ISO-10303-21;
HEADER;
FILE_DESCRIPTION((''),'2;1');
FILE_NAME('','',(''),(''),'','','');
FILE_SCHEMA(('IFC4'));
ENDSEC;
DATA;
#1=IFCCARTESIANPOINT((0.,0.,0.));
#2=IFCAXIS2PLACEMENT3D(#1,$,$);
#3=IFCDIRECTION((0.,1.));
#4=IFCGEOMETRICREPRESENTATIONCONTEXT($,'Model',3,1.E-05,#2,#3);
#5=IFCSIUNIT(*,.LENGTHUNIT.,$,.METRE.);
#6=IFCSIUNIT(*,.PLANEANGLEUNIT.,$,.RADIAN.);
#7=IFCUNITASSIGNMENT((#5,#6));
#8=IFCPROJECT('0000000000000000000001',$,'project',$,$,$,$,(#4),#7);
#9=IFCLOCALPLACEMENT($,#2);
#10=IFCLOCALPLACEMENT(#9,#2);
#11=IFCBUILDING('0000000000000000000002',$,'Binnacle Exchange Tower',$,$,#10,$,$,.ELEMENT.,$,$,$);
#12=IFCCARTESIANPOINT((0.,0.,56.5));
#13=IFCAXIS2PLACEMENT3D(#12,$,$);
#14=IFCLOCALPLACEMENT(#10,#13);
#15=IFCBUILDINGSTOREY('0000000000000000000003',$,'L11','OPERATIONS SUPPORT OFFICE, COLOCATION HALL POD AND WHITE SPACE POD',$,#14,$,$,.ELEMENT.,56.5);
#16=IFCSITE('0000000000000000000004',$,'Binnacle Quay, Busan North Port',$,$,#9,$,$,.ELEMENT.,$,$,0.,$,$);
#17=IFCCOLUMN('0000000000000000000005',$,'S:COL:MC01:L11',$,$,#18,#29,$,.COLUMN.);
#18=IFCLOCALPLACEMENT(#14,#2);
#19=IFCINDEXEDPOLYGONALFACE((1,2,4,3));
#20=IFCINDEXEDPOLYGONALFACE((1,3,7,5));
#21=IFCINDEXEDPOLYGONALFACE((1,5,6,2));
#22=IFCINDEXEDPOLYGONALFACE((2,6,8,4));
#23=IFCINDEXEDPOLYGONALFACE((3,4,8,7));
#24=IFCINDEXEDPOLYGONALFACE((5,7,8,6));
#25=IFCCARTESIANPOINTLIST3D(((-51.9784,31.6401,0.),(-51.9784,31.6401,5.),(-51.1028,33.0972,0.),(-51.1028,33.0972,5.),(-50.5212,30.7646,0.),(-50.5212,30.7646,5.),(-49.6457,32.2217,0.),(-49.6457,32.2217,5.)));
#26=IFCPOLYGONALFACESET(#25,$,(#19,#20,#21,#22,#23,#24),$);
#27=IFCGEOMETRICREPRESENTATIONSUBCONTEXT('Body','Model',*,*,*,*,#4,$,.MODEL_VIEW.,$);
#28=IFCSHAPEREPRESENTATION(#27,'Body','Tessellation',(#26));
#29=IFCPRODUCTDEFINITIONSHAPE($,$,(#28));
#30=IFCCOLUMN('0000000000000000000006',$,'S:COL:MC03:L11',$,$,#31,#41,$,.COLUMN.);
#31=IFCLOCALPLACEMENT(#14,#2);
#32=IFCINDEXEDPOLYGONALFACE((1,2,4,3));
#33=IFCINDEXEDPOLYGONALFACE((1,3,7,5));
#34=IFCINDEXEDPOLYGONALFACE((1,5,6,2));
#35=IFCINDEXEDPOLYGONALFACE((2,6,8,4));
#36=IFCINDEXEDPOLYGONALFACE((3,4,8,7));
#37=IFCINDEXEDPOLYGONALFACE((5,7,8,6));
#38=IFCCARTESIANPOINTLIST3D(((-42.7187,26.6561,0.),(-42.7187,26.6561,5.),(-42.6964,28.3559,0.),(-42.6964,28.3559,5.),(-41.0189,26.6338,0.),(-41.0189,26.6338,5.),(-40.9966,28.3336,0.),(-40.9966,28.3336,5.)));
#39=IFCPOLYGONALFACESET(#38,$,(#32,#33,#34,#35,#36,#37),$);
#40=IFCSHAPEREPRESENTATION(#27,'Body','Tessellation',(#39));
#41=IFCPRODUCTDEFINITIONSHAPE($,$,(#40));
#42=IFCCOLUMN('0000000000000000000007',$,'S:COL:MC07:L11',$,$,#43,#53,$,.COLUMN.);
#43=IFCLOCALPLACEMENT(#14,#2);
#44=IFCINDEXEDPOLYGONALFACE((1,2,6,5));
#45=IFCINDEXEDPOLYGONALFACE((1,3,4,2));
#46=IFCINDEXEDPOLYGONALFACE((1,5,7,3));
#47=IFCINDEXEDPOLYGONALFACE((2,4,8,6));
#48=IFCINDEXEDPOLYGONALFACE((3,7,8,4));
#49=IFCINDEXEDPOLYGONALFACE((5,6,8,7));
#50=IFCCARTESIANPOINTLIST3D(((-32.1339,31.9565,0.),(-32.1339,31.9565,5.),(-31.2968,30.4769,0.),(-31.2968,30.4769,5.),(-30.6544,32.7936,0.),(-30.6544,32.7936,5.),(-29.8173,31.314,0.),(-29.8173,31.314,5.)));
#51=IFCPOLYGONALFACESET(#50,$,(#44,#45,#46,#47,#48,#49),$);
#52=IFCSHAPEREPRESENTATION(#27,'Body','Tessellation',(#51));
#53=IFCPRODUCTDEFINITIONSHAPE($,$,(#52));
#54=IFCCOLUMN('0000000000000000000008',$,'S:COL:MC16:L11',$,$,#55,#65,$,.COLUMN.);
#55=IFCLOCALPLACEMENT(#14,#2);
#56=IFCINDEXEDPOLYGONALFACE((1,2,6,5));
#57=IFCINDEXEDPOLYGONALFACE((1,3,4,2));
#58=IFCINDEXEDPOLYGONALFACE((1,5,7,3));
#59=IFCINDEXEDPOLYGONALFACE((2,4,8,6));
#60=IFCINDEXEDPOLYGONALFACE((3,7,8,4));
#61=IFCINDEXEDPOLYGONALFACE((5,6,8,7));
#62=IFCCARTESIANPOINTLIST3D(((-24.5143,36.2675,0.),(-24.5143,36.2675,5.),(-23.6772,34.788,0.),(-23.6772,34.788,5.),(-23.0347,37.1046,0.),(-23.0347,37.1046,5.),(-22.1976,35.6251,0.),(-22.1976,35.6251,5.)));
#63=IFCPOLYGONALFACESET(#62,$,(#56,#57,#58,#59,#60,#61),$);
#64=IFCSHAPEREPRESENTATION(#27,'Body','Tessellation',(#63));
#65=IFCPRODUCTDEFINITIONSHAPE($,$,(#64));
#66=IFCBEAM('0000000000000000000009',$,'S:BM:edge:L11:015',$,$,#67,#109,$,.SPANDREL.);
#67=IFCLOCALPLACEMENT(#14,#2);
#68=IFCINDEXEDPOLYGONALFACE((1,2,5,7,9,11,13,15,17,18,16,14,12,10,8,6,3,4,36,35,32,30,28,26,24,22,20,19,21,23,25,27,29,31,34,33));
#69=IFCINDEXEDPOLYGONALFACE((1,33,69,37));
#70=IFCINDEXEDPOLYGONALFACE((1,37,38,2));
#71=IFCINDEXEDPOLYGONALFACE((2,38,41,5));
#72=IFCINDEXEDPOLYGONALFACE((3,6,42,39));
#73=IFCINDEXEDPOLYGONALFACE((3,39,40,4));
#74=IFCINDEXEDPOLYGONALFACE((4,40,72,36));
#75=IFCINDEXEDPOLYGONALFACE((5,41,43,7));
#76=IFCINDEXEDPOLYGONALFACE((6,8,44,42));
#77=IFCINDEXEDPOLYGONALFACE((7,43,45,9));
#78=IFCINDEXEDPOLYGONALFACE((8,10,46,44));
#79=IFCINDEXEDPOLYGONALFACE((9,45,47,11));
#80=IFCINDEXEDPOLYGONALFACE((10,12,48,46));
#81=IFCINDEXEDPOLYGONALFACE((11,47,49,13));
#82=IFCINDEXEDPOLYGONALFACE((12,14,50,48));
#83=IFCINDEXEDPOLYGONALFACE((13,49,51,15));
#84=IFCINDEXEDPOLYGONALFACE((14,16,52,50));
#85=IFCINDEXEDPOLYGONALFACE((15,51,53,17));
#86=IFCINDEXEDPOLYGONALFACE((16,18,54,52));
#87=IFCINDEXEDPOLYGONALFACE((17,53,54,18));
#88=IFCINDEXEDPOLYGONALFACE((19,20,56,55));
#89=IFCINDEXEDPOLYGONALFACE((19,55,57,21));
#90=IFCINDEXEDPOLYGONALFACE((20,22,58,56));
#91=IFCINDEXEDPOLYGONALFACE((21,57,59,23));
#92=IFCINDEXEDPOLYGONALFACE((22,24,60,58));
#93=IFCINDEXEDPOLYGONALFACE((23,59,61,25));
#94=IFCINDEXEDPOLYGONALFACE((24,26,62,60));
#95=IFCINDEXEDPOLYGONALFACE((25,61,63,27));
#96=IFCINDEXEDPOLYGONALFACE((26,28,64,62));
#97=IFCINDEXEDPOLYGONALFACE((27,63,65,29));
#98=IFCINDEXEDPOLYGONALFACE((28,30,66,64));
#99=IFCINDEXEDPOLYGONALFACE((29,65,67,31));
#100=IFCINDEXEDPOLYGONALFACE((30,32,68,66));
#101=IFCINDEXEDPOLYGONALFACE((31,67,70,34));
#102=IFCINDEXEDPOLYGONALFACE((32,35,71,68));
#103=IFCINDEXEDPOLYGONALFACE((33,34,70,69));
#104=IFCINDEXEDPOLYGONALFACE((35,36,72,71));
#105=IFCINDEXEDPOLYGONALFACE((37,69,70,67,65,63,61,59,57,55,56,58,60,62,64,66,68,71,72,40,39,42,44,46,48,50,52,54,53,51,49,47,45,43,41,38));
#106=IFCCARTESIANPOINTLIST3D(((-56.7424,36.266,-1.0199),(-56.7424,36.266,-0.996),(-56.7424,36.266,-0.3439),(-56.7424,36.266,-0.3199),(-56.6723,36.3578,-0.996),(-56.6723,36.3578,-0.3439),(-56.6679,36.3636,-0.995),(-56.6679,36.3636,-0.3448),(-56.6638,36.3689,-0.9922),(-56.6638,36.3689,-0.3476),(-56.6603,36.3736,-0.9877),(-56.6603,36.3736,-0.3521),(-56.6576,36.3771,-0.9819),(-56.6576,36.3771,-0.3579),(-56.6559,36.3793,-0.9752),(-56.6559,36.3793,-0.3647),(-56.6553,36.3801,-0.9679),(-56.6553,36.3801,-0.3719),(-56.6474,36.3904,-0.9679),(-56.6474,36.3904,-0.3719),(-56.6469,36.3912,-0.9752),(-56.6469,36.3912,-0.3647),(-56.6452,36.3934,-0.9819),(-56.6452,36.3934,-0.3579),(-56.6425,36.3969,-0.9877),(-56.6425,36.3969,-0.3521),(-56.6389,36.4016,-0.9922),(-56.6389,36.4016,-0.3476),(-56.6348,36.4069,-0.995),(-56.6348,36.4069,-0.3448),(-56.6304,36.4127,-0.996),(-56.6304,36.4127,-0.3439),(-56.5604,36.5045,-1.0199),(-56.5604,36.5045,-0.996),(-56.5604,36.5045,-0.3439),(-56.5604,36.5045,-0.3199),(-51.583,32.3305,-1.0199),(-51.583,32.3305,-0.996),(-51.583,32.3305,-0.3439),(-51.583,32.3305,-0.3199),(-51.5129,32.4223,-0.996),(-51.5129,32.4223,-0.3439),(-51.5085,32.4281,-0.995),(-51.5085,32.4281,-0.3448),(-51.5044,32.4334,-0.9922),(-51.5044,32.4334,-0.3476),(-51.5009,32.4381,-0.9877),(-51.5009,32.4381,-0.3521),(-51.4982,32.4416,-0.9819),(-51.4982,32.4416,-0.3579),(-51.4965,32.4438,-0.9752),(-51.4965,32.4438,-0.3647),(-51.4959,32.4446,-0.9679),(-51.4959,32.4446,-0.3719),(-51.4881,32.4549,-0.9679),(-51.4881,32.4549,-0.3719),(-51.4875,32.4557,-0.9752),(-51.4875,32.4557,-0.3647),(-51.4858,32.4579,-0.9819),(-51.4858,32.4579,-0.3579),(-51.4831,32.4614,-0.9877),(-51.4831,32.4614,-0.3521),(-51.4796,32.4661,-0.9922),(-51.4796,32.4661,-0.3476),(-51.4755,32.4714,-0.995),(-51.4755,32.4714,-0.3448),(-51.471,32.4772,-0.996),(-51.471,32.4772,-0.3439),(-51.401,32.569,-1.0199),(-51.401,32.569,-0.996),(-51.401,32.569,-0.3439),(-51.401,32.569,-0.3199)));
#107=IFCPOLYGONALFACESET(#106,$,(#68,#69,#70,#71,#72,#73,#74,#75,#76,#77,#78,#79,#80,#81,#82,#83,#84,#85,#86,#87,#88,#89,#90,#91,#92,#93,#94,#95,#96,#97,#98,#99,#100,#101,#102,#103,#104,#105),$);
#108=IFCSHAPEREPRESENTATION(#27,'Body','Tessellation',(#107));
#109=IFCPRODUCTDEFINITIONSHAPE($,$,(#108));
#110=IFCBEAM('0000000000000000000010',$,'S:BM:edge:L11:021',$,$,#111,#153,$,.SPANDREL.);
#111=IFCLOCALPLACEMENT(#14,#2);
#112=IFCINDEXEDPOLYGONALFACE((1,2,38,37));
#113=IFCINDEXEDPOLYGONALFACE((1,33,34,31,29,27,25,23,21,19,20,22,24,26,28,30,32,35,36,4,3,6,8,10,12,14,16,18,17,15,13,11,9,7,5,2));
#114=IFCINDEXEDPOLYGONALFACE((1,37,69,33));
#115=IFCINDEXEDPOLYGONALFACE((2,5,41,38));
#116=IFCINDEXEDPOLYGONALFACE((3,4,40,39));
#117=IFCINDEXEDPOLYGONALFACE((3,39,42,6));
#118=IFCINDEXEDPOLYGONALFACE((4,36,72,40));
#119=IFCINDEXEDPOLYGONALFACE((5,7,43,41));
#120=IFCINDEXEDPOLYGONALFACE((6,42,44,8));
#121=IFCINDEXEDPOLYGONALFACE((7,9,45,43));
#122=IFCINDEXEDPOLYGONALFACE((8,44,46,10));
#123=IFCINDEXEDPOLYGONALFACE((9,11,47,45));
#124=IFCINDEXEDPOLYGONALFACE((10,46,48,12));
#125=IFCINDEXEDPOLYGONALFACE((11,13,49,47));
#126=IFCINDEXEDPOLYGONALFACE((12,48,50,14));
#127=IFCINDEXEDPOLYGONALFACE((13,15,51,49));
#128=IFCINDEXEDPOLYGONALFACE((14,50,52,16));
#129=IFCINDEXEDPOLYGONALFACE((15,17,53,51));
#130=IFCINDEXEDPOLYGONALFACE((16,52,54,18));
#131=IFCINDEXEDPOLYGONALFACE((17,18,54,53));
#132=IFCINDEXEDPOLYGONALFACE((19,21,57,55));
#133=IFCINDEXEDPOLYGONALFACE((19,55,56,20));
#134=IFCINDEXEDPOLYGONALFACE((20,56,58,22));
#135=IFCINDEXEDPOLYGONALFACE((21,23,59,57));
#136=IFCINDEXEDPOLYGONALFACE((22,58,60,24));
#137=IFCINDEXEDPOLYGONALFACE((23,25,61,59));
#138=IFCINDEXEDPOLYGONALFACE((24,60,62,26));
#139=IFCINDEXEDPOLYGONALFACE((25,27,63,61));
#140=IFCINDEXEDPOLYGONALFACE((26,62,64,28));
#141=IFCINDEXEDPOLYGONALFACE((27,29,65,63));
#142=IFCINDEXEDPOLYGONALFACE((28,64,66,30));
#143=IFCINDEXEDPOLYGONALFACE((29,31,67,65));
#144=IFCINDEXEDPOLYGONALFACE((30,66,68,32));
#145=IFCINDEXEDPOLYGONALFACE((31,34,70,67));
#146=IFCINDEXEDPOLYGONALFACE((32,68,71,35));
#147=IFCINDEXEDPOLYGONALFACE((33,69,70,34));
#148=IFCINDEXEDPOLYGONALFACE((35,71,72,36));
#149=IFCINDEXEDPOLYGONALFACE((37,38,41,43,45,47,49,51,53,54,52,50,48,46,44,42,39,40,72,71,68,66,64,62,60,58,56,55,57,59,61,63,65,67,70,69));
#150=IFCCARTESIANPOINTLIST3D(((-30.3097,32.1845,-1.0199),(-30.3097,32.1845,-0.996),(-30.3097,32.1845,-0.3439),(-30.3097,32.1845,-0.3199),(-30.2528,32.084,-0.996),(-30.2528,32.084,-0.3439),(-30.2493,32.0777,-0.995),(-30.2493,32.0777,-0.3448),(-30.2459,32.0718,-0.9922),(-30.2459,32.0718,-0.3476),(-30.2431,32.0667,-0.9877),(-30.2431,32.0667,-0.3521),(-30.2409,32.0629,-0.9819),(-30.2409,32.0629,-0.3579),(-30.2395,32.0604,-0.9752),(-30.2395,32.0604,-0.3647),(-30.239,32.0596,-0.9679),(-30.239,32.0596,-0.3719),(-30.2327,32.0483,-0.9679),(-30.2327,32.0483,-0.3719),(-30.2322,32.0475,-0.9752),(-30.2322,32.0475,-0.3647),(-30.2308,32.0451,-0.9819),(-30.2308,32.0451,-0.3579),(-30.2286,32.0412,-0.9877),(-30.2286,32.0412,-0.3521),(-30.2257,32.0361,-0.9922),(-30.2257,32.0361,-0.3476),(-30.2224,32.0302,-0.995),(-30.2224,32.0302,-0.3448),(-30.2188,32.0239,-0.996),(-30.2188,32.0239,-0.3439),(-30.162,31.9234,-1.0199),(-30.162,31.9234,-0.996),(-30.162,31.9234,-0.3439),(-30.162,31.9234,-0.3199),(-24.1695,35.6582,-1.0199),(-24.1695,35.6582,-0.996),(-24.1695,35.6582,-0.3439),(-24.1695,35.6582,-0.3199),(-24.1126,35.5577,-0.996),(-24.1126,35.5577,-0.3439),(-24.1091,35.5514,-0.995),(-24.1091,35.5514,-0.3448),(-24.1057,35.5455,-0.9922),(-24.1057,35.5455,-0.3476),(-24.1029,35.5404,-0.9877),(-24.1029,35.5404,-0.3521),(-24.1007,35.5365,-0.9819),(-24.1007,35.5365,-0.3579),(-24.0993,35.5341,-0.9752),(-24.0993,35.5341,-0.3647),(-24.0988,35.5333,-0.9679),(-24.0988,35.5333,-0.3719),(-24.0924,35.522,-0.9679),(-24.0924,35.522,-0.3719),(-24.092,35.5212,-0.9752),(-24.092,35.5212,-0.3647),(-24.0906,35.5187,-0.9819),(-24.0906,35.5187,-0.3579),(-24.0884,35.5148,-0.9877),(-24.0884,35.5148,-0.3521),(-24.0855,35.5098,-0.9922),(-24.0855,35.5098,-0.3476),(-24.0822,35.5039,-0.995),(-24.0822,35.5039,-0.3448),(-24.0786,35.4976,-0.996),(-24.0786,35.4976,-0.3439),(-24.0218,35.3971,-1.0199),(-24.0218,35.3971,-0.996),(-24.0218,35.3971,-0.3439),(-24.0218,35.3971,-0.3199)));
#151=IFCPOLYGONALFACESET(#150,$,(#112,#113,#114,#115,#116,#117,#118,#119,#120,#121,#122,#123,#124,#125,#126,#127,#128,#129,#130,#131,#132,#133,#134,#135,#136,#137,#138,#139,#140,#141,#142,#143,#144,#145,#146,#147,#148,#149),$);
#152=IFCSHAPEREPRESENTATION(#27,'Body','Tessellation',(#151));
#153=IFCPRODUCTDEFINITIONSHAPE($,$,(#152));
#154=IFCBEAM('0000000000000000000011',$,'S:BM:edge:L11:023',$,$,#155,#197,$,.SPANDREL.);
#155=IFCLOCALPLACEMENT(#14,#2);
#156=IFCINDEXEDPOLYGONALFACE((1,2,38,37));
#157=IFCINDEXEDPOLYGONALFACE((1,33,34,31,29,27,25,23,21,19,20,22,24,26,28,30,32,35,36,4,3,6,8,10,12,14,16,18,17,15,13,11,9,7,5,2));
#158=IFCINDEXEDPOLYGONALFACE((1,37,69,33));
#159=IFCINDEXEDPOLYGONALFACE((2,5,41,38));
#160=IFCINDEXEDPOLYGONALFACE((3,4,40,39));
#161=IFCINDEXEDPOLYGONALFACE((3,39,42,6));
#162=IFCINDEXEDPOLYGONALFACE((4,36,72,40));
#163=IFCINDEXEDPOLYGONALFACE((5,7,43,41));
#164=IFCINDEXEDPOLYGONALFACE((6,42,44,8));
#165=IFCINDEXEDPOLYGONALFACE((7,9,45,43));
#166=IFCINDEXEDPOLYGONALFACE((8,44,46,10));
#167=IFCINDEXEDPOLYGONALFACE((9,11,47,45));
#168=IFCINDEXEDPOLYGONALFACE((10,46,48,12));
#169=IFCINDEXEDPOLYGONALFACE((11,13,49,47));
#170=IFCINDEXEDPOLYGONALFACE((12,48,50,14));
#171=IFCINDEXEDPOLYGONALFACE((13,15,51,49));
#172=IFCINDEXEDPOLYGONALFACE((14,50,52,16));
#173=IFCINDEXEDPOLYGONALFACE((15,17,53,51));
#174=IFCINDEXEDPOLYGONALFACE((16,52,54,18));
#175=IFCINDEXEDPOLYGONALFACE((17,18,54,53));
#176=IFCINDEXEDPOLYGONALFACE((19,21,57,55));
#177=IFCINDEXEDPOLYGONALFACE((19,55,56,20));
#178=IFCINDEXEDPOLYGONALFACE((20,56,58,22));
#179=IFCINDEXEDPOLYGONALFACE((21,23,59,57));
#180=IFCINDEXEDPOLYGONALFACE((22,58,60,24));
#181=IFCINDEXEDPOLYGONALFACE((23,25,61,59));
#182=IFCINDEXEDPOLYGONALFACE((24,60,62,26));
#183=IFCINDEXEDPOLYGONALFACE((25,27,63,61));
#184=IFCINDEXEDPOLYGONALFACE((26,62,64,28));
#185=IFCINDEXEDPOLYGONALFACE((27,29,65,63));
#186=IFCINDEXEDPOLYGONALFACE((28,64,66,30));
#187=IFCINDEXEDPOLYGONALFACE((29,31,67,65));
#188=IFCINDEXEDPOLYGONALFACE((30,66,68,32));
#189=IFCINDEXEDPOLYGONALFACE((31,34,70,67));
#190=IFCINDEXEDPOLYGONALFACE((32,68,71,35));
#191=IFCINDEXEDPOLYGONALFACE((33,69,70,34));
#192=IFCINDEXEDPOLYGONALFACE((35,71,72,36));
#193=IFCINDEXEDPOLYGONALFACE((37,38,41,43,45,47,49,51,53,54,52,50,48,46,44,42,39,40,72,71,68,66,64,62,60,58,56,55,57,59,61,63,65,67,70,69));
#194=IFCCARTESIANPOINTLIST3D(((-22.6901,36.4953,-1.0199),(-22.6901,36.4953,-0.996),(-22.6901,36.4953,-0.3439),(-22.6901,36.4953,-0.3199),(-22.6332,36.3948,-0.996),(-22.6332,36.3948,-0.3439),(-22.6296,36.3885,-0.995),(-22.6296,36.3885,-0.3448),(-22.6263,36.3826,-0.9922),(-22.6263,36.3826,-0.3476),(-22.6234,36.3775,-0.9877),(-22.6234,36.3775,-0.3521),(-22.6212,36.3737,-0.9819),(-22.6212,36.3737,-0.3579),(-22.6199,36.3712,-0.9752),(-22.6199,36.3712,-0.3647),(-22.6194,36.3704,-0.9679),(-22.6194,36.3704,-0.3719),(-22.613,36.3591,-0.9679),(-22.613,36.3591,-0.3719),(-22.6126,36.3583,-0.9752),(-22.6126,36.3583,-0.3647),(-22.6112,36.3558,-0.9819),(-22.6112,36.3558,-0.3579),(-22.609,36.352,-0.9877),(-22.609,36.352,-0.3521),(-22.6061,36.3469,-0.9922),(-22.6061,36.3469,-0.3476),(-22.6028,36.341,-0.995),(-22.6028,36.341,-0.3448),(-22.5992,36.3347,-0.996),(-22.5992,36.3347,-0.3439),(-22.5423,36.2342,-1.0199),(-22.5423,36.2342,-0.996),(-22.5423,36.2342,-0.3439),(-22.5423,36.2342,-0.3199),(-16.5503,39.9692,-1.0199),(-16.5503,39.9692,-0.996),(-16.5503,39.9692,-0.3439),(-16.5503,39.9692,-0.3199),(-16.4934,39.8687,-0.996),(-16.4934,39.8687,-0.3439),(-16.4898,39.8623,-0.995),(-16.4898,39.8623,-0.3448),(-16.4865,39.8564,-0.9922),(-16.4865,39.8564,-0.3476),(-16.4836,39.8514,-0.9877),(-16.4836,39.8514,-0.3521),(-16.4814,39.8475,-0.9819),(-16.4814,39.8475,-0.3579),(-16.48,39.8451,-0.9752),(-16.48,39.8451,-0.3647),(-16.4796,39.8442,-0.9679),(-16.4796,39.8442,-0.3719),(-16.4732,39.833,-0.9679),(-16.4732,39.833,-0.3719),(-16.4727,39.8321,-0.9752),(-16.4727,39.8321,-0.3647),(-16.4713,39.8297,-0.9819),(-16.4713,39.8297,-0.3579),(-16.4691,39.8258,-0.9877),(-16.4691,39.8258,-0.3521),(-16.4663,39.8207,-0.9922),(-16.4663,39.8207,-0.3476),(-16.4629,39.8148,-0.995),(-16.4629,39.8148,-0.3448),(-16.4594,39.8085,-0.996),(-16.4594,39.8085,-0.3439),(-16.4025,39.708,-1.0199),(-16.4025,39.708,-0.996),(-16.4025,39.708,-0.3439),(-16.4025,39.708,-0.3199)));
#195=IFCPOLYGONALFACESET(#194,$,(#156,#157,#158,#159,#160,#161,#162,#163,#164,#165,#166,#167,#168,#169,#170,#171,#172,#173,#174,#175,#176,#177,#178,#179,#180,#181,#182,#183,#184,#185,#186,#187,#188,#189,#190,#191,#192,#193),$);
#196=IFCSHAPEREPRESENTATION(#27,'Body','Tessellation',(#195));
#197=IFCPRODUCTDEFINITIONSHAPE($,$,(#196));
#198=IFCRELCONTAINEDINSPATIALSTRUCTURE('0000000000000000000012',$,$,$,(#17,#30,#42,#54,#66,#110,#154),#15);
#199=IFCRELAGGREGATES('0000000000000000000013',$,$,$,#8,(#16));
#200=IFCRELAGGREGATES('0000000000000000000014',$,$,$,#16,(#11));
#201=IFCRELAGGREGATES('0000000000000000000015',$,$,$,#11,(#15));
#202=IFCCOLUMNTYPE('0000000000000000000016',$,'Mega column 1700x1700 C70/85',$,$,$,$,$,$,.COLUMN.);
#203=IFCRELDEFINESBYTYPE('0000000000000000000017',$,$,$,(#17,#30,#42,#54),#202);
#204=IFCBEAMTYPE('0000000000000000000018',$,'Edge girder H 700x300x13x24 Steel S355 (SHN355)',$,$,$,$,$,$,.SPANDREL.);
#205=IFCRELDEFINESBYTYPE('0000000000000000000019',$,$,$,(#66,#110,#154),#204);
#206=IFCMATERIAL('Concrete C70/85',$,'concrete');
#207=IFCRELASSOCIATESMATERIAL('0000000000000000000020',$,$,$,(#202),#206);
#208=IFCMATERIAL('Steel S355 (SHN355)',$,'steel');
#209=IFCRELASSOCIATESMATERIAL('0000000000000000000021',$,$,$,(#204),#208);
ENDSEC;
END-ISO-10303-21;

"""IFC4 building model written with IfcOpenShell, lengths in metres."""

from ifc_helpers import new_model, si_unit, direction, frame, origin, origin_2d, place, context, subcontext, project, spatial, rectangle, i_section, extrude, material, material_profile, profile_set, type_object, element, save


model = new_model("IFC4")

# Units and contexts
model_context = context("Model", 3, precision=1e-05, world=origin(), true_north=direction((0.0, 1.0)))
body_context = subcontext(model_context, "Body", "Model", "MODEL_VIEW")
ifc_project = project(units=[si_unit("LENGTHUNIT", "METRE"), si_unit("PLANEANGLEUNIT", "RADIAN")], contexts=[model_context])

# Site, building, storey
site_placement = place(None, origin())
site = spatial("IfcSite", under=ifc_project, at=site_placement, Name="Binnacle Quay, Busan North Port", CompositionType="ELEMENT", RefElevation=0.0)
building_placement = place(site_placement, origin())
building = spatial("IfcBuilding", under=site, at=building_placement, Name="Binnacle Exchange Tower", CompositionType="ELEMENT")
storey_placement = place(building_placement, frame((0.0, 0.0, 56.5)))
storey = spatial("IfcBuildingStorey", under=building, at=storey_placement, Name="L11", Description="OPERATIONS SUPPORT OFFICE, COLOCATION HALL POD AND WHITE SPACE POD", CompositionType="ELEMENT", Elevation=56.5)

# Columns
ifc_material_1 = material(Name="Concrete C70/85", Category="concrete")
ifc_material_profile_1 = material_profile(ifc_material_1, rectangle(XDim=1.7, YDim=1.7, at=origin_2d()), Name="Mega column 1700x1700 C70/85")
ifc_profile_set_1 = profile_set([ifc_material_profile_1], Name="Concrete C70/85")
column_type = type_object("IfcColumnType", Name="Mega column 1700x1700 C70/85", PredefinedType="COLUMN", material=ifc_profile_set_1)
for number, where, z_axis, x_axis, name in (
    (1, (-50.812, 31.9309, 0.0), (0.0, 0.0, 1.0), (0.857167, -0.515038, 0.0), "S:COL:MC01:L11"),
    (2, (-41.8577, 27.4949, 0.0), (0.0, 0.0, 1.0), (0.999914, -0.01309, 0.0), "S:COL:MC03:L11"),
    (3, (-30.9756, 31.6353, 0.0), (0.0, 0.0, 1.0), (0.870356, 0.492424, 0.0), "S:COL:MC07:L11"),
    (4, (-23.356, 35.9463, 0.0), (0.0, 0.0, 1.0), (0.870356, 0.492424, 0.0), "S:COL:MC16:L11"),
):
    element("IfcColumn", number, at=place(storey_placement, frame(where, z_axis=z_axis, x_axis=x_axis)), inside=storey, type_object=column_type, Name=name, PredefinedType="COLUMN", context=body_context, shape_type="SweptSolid", body=[
        extrude(rectangle(XDim=1.7, YDim=1.7, at=origin_2d()), origin(), (0.0, 0.0, 1.0), 5.0),
    ])

# Beams
ifc_material_2 = material(Name="Steel S355 (SHN355)", Category="steel")
ifc_material_profile_2 = material_profile(ifc_material_2, i_section(OverallWidth=0.3, OverallDepth=0.7, WebThickness=0.0129, FlangeThickness=0.0239, FilletRadius=0.0281, at=origin_2d()), Name="H 700x300x13x24")
ifc_profile_set_2 = profile_set([ifc_material_profile_2], Name="Steel S355 (SHN355)")
beam_type_1 = type_object("IfcBeamType", Name="Edge girder H 700x300x13x24 Steel S355 (SHN355)", PredefinedType="SPANDREL", material=ifc_profile_set_2)
beam_1_placement = place(storey_placement, frame((-56.6514, 36.3853, -0.6699), z_axis=(0.795093, -0.606487, 0.0), x_axis=(0.606487, 0.795093, 0.0)))
element("IfcBeam", 5, at=beam_1_placement, inside=storey, type_object=beam_type_1, Name="S:BM:edge:L11:015", PredefinedType="SPANDREL", context=body_context, shape_type="SweptSolid", body=[
    extrude(i_section(OverallWidth=0.3, OverallDepth=0.7, WebThickness=0.0129, FlangeThickness=0.0239, FilletRadius=0.0281, at=origin_2d()), origin(), (0.0, 0.0, 1.0), 6.489),
])
beam_2_placement = place(storey_placement, frame((-30.2358, 32.054, -0.6699), z_axis=(0.870373, 0.492392, 0.0), x_axis=(-0.492392, 0.870373, 0.0)))
element("IfcBeam", 6, at=beam_2_placement, inside=storey, type_object=beam_type_1, Name="S:BM:edge:L11:021", PredefinedType="SPANDREL", context=body_context, shape_type="SweptSolid", body=[
    extrude(i_section(OverallWidth=0.3, OverallDepth=0.7, WebThickness=0.0129, FlangeThickness=0.0239, FilletRadius=0.0281, at=origin_2d()), origin(), (0.0, 0.0, 1.0), 7.0547),
])
beam_3_placement = place(storey_placement, frame((-22.6162, 36.3647, -0.6699), z_axis=(0.87035, 0.492434, 0.0), x_axis=(-0.492434, 0.87035, 0.0)))
element("IfcBeam", 7, at=beam_3_placement, inside=storey, type_object=beam_type_1, Name="S:BM:edge:L11:023", PredefinedType="SPANDREL", context=body_context, shape_type="SweptSolid", body=[
    extrude(i_section(OverallWidth=0.3, OverallDepth=0.7, WebThickness=0.0129, FlangeThickness=0.0239, FilletRadius=0.0281, at=origin_2d()), origin(), (0.0, 0.0, 1.0), 7.0544),
])

save(model, "model.ifc")
